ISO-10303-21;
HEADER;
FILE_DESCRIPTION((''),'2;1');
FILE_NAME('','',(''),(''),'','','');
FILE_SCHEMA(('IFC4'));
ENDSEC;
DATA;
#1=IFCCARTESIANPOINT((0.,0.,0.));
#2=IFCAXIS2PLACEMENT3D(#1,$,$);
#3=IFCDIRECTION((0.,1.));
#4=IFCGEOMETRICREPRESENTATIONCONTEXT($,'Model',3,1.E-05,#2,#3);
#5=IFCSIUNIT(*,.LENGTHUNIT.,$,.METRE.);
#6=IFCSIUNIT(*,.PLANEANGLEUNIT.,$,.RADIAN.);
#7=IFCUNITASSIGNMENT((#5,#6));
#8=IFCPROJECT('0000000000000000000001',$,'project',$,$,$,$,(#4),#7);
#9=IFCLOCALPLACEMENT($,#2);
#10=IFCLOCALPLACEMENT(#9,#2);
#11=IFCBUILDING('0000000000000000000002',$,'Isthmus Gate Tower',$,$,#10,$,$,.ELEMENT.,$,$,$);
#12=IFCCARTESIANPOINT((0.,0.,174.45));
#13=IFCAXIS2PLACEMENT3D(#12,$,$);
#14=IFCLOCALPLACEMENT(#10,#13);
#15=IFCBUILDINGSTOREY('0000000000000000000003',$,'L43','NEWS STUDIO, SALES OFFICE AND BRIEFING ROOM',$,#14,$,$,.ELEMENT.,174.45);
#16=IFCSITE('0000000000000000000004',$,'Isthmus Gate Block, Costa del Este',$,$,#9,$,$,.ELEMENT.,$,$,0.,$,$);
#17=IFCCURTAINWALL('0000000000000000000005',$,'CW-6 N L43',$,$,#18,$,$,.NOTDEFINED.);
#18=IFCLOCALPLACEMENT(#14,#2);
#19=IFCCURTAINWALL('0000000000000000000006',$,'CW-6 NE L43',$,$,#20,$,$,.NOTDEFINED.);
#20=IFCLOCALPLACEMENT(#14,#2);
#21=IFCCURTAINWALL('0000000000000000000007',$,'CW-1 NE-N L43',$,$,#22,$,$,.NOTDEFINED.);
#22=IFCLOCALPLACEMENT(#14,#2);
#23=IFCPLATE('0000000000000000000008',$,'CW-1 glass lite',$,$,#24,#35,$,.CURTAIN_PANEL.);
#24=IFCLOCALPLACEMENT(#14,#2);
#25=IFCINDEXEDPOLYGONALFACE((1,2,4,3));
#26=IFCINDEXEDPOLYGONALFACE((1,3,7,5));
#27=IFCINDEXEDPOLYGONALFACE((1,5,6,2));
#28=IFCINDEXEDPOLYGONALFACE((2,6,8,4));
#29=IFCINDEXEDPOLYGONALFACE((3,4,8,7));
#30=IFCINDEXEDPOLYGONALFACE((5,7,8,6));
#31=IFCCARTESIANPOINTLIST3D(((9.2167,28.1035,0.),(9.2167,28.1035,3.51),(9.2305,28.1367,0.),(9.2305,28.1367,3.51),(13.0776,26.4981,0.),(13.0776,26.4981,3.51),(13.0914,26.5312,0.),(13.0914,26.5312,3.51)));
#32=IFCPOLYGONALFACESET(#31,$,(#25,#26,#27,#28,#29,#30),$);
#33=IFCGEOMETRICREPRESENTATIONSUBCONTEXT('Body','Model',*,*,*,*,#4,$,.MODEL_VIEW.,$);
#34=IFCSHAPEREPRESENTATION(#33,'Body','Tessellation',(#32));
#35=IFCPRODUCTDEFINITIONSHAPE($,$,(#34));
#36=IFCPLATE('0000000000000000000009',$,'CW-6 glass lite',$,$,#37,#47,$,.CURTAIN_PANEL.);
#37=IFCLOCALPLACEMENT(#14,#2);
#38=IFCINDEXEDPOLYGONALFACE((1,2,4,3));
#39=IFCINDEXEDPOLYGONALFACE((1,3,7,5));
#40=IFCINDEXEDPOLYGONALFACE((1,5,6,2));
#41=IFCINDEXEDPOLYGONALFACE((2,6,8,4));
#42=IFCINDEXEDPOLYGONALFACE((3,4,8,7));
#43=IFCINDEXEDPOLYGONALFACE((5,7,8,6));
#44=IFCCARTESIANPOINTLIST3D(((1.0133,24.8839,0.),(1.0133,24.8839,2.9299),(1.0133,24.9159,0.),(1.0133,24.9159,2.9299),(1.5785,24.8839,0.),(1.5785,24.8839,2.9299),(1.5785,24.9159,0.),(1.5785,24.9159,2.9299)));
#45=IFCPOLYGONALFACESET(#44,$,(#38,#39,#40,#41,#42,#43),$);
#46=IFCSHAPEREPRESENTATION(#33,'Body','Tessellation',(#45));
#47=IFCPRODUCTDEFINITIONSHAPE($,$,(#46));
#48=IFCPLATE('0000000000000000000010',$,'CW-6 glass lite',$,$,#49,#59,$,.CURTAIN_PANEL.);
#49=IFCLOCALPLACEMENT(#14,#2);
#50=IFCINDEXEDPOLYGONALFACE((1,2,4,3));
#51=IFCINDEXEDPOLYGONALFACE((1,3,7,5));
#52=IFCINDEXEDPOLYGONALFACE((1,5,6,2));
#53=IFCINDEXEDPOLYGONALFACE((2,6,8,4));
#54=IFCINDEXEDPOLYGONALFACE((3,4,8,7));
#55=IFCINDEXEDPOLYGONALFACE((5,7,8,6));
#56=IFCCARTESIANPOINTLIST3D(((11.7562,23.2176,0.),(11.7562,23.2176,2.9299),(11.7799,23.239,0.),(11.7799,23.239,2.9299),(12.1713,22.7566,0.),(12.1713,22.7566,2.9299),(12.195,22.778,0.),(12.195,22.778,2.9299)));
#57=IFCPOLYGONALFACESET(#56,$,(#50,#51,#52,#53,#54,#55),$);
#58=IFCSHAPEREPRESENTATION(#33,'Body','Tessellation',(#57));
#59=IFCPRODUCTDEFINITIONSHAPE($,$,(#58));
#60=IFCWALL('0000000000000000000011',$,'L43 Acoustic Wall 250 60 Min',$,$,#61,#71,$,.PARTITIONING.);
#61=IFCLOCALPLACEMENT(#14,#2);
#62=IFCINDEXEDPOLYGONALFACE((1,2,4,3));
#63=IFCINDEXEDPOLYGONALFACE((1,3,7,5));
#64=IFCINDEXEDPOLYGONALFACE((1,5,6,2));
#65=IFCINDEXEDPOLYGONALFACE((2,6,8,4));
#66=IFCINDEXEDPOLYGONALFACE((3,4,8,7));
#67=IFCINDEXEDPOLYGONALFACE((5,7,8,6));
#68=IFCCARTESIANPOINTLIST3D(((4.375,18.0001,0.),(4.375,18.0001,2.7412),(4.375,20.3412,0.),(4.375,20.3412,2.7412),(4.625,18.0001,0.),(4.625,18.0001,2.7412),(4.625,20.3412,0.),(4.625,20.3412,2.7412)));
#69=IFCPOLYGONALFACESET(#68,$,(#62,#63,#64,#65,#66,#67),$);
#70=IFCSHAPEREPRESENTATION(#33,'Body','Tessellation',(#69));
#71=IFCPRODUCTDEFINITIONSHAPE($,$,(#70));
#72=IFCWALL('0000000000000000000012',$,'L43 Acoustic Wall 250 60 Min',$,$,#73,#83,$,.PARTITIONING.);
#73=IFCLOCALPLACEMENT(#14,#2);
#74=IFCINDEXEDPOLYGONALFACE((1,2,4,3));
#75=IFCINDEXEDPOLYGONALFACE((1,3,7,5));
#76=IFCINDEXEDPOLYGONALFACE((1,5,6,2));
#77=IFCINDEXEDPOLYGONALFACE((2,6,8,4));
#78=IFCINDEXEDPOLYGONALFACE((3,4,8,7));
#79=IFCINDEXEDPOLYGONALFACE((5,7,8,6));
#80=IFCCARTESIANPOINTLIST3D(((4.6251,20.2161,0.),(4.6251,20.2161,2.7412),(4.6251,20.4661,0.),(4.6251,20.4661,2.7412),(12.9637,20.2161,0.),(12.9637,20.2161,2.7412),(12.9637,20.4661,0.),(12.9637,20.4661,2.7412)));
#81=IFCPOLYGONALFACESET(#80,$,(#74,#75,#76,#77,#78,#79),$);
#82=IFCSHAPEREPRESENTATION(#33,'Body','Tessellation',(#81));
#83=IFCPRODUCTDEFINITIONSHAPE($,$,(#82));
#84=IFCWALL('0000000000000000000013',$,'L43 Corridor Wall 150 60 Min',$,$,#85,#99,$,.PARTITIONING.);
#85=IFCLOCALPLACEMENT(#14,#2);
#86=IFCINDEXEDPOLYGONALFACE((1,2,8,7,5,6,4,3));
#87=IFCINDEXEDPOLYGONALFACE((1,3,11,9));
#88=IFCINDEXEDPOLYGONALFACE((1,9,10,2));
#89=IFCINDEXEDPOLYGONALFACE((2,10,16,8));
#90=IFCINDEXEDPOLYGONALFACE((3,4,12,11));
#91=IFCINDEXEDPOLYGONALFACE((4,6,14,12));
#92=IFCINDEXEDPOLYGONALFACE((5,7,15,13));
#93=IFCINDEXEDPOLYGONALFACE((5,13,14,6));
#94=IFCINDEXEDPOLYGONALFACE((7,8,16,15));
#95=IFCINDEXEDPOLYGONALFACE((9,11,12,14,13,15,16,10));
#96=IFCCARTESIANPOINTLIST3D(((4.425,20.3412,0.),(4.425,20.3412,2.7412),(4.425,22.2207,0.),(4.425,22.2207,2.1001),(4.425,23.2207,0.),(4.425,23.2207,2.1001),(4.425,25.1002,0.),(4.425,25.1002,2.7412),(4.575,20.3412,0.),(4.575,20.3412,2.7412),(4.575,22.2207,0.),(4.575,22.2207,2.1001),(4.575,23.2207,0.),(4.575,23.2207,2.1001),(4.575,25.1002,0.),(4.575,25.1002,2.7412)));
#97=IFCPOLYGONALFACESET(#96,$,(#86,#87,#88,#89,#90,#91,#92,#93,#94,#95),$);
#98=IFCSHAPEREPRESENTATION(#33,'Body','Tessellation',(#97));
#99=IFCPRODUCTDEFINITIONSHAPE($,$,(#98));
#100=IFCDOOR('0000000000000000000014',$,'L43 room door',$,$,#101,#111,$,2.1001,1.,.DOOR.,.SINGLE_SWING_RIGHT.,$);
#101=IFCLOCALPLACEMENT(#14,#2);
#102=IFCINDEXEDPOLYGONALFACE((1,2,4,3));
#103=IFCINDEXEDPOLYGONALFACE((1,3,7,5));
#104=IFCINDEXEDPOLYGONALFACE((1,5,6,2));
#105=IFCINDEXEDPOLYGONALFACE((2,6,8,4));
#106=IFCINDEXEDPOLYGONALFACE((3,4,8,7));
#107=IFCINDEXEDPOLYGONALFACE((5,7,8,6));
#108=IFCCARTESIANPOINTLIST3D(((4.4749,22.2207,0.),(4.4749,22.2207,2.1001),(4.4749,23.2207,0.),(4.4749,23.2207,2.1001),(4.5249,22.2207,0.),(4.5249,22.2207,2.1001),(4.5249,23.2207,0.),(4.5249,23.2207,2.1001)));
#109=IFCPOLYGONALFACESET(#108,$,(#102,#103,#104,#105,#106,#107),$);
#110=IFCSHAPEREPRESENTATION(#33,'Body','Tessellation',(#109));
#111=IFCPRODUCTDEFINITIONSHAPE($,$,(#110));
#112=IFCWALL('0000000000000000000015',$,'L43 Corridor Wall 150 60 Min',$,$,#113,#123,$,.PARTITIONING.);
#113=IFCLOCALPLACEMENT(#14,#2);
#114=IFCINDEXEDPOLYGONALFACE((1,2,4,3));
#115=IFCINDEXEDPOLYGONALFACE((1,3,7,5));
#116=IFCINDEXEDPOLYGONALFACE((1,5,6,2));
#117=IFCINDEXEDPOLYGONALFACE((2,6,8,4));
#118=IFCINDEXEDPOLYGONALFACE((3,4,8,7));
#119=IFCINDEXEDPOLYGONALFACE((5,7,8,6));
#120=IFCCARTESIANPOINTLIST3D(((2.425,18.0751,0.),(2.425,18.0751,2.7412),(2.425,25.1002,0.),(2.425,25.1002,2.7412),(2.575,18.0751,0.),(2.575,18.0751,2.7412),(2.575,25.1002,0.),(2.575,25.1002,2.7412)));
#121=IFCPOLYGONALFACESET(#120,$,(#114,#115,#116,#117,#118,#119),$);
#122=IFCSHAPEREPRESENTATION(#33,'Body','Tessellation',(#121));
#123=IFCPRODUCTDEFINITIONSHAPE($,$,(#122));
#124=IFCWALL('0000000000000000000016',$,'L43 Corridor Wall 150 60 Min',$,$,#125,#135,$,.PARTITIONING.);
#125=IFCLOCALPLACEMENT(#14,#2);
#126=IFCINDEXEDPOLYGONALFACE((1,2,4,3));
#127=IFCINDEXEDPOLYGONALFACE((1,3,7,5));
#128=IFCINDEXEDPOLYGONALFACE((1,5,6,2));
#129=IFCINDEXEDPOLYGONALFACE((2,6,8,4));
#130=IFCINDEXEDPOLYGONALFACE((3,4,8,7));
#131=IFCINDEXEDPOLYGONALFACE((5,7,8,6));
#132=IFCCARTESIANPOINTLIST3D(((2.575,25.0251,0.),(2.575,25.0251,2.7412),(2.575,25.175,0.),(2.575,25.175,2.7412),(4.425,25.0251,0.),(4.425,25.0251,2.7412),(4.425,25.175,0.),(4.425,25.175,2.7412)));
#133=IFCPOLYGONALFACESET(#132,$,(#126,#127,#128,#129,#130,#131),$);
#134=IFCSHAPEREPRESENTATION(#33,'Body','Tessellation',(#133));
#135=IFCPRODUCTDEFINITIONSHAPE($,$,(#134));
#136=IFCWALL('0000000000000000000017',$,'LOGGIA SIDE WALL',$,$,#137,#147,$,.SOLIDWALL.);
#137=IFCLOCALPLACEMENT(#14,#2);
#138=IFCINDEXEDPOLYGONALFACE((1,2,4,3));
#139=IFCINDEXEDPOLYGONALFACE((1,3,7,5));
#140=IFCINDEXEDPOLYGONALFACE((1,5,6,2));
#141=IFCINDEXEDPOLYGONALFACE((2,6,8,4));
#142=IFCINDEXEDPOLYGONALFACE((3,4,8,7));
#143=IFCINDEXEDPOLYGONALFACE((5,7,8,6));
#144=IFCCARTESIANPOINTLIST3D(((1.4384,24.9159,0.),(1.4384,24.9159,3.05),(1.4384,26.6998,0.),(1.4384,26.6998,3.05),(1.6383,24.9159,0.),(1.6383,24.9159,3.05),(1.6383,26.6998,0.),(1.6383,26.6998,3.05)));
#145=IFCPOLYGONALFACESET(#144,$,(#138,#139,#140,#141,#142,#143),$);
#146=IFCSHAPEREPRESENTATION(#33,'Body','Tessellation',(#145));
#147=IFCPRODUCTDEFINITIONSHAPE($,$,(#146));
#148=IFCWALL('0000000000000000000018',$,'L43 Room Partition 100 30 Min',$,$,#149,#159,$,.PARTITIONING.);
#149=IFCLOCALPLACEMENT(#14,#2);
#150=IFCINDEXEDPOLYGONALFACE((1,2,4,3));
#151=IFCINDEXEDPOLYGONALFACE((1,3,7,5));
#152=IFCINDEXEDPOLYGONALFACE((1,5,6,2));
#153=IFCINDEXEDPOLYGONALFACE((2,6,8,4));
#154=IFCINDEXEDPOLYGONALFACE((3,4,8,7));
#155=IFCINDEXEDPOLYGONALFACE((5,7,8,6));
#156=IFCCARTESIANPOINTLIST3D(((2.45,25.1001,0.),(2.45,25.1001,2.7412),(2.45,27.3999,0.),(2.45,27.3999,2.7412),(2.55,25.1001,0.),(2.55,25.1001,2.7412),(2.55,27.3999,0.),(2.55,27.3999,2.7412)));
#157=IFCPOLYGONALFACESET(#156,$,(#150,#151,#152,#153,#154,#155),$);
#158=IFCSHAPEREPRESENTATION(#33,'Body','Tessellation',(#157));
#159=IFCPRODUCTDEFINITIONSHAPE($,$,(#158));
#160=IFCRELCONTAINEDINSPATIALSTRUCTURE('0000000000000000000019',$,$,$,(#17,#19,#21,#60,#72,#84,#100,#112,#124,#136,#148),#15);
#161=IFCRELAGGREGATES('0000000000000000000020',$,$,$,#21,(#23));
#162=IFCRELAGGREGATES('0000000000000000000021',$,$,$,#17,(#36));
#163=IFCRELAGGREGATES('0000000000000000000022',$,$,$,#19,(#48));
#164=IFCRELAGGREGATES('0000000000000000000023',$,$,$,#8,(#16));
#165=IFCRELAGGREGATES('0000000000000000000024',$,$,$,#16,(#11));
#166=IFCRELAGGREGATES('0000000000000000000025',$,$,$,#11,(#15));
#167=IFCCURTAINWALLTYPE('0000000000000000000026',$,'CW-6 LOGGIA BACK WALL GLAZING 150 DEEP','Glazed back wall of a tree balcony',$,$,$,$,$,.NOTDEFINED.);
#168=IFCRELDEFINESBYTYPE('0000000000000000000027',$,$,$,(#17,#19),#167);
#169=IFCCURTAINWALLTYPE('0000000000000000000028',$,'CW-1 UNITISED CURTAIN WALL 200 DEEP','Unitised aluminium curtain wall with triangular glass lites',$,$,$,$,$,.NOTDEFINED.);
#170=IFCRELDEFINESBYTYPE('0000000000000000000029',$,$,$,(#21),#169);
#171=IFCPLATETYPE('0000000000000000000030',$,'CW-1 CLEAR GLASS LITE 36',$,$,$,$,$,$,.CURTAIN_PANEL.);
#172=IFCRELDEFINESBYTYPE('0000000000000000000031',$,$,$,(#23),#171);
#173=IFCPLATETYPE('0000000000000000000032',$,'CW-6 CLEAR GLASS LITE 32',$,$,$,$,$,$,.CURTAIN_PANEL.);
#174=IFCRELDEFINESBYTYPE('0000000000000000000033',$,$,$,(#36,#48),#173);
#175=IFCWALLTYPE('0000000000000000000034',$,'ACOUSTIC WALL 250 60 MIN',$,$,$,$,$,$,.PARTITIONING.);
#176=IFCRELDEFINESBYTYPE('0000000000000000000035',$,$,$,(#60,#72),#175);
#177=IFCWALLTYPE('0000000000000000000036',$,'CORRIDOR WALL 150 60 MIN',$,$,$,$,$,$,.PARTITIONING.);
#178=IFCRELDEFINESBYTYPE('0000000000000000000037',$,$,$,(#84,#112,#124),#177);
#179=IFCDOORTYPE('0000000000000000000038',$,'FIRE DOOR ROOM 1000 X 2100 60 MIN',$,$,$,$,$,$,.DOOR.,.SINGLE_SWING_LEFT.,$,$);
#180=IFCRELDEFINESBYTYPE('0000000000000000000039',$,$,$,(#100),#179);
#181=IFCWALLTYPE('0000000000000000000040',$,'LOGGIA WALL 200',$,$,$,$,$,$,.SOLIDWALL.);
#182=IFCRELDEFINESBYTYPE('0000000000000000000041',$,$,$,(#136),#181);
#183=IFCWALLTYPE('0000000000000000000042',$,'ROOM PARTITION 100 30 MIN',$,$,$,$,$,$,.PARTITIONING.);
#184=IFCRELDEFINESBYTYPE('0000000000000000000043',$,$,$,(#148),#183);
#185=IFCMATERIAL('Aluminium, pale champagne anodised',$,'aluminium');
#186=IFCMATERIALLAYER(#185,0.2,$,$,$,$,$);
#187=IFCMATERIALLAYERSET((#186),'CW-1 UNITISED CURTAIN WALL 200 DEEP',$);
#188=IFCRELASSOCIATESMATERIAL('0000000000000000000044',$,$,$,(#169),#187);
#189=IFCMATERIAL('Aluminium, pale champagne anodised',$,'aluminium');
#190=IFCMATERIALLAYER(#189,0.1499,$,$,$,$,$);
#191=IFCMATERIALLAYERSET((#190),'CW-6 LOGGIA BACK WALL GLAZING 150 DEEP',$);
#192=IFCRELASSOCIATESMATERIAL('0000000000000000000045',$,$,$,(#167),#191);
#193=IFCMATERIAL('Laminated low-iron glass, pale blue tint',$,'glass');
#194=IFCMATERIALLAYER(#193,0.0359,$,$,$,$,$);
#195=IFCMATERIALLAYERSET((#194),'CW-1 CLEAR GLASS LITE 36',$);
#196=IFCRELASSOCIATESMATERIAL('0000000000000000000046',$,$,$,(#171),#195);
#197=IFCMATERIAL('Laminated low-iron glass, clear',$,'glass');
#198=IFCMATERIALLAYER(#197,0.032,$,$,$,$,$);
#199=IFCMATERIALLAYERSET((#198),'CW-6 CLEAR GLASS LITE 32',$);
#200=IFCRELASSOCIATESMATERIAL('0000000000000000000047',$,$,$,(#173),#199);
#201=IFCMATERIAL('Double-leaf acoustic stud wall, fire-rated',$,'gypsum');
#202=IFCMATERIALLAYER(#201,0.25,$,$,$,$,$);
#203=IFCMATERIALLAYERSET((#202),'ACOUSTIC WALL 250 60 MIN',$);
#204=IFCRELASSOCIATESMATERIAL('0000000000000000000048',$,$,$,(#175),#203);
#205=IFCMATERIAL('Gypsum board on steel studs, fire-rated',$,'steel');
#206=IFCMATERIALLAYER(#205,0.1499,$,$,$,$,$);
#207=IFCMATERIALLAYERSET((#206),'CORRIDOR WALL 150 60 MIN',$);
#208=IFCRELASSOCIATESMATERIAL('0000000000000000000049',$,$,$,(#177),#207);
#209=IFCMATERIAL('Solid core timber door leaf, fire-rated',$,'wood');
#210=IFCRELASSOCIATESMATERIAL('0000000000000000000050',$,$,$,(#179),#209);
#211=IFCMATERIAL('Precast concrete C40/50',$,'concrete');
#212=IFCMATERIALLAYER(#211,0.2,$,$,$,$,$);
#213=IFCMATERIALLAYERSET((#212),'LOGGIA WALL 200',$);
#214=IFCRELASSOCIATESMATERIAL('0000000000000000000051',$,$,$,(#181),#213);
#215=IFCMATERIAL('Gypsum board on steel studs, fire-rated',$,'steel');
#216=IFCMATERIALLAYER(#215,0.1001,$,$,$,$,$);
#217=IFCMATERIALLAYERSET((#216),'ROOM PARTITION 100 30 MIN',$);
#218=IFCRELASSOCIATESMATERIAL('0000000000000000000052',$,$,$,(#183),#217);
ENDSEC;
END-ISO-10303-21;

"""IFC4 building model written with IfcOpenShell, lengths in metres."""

from ifc_helpers import new_model, si_unit, direction, frame, frame_2d, origin, origin_2d, place, context, subcontext, project, spatial, rectangle, extrude, material, layer, layer_set, type_object, element, fill, aggregate, save


model = new_model("IFC4")

# Units and contexts
model_context = context("Model", 3, precision=1e-05, world=origin(), true_north=direction((0.0, 1.0)))
body_context = subcontext(model_context, "Body", "Model", "MODEL_VIEW")
ifc_project = project(units=[si_unit("LENGTHUNIT", "METRE"), si_unit("PLANEANGLEUNIT", "RADIAN")], contexts=[model_context])

# Site, building, storey
site_placement = place(None, origin())
site = spatial("IfcSite", under=ifc_project, at=site_placement, Name="Isthmus Gate Block, Costa del Este", CompositionType="ELEMENT", RefElevation=0.0)
building_placement = place(site_placement, origin())
building = spatial("IfcBuilding", under=site, at=building_placement, Name="Isthmus Gate Tower", CompositionType="ELEMENT")
storey_placement = place(building_placement, frame((0.0, 0.0, 174.45)))
storey = spatial("IfcBuildingStorey", under=building, at=storey_placement, Name="L43", Description="NEWS STUDIO, SALES OFFICE AND BRIEFING ROOM", CompositionType="ELEMENT", Elevation=174.45)

# Curtain wall
ifc_material_1 = material(Name="Aluminium, pale champagne anodised", Category="aluminium")
ifc_layer_1 = layer(ifc_material_1, 0.2)
ifc_layer_set_1 = layer_set([ifc_layer_1], Name="CW-1 UNITISED CURTAIN WALL 200 DEEP")
curtain_wall_type_1 = type_object("IfcCurtainWallType", Name="CW-1 UNITISED CURTAIN WALL 200 DEEP", Description="Unitised aluminium curtain wall with triangular glass lites", PredefinedType="NOTDEFINED", material=ifc_layer_set_1)
ifc_material_2 = material(Name="Aluminium, pale champagne anodised", Category="aluminium")
ifc_layer_2 = layer(ifc_material_2, 0.1499)
ifc_layer_set_2 = layer_set([ifc_layer_2], Name="CW-6 LOGGIA BACK WALL GLAZING 150 DEEP")
curtain_wall_type_2 = type_object("IfcCurtainWallType", Name="CW-6 LOGGIA BACK WALL GLAZING 150 DEEP", Description="Glazed back wall of a tree balcony", PredefinedType="NOTDEFINED", material=ifc_layer_set_2)
curtain_wall_1_placement = place(storey_placement, origin())
curtain_wall_1 = element("IfcCurtainWall", 1, at=curtain_wall_1_placement, inside=storey, type_object=curtain_wall_type_2, Name="CW-6 N L43", PredefinedType="NOTDEFINED")

# Curtain wall
curtain_wall_2_placement = place(storey_placement, origin())
curtain_wall_2 = element("IfcCurtainWall", 2, at=curtain_wall_2_placement, inside=storey, type_object=curtain_wall_type_2, Name="CW-6 NE L43", PredefinedType="NOTDEFINED")

# Shared definitions
ifc_material_3 = material(Name="Laminated low-iron glass, pale blue tint", Category="glass")
ifc_layer_3 = layer(ifc_material_3, 0.0359)
ifc_layer_set_3 = layer_set([ifc_layer_3], Name="CW-1 CLEAR GLASS LITE 36")
plate_type_1 = type_object("IfcPlateType", Name="CW-1 CLEAR GLASS LITE 36", PredefinedType="CURTAIN_PANEL", material=ifc_layer_set_3)

# Curtain wall, plate
curtain_wall_3_placement = place(storey_placement, origin())
curtain_wall_3 = element("IfcCurtainWall", 3, at=curtain_wall_3_placement, inside=storey, type_object=curtain_wall_type_1, Name="CW-1 NE-N L43", PredefinedType="NOTDEFINED")
plate_1_placement = place(storey_placement, frame((11.1541, 27.3174, 0.0), z_axis=(0.0, 0.0, 1.0), x_axis=(-0.923353, 0.383952, 0.0)))
plate_1 = element("IfcPlate", 4, at=plate_1_placement, type_object=plate_type_1, Name="CW-1 glass lite", PredefinedType="CURTAIN_PANEL", context=body_context, shape_type="SweptSolid", body=[
    extrude(rectangle(XDim=4.1814, YDim=0.0359, at=origin_2d()), origin(), (0.0, 0.0, 1.0), 3.51),
])
aggregate(curtain_wall_3, [plate_1])

# Plates
ifc_material_4 = material(Name="Laminated low-iron glass, clear", Category="glass")
ifc_layer_4 = layer(ifc_material_4, 0.032)
ifc_layer_set_4 = layer_set([ifc_layer_4], Name="CW-6 CLEAR GLASS LITE 32")
plate_type_2 = type_object("IfcPlateType", Name="CW-6 CLEAR GLASS LITE 32", PredefinedType="CURTAIN_PANEL", material=ifc_layer_set_4)
plate_2_placement = place(storey_placement, frame((1.2959, 24.8999, 0.0), z_axis=(0.0, 0.0, 1.0), x_axis=(-1.0, 0.0, 0.0)))
plate_2 = element("IfcPlate", 5, at=plate_2_placement, type_object=plate_type_2, Name="CW-6 glass lite", PredefinedType="CURTAIN_PANEL", context=body_context, shape_type="SweptSolid", body=[
    extrude(rectangle(XDim=0.5652, YDim=0.032, at=origin_2d()), origin(), (0.0, 0.0, 1.0), 2.9299),
])
aggregate(curtain_wall_1, [plate_2])
plate_3_placement = place(storey_placement, frame((11.9756, 22.9978, 0.0), z_axis=(0.0, 0.0, 1.0), x_axis=(-0.669131, 0.743145, 0.0)))
plate_3 = element("IfcPlate", 6, at=plate_3_placement, type_object=plate_type_2, Name="CW-6 glass lite", PredefinedType="CURTAIN_PANEL", context=body_context, shape_type="SweptSolid", body=[
    extrude(rectangle(XDim=0.6204, YDim=0.032, at=origin_2d()), origin(), (0.0, 0.0, 1.0), 2.9299),
])
aggregate(curtain_wall_2, [plate_3])

# Walls
ifc_material_5 = material(Name="Double-leaf acoustic stud wall, fire-rated", Category="gypsum")
ifc_layer_5 = layer(ifc_material_5, 0.25)
ifc_layer_set_5 = layer_set([ifc_layer_5], Name="ACOUSTIC WALL 250 60 MIN")
wall_type_1 = type_object("IfcWallType", Name="ACOUSTIC WALL 250 60 MIN", PredefinedType="PARTITIONING", material=ifc_layer_set_5)
wall_1_placement = place(storey_placement, frame((4.5, 20.3411, 0.0), z_axis=(0.0, 0.0, 1.0), x_axis=(0.0, -1.0, 0.0)))
element("IfcWall", 7, at=wall_1_placement, inside=storey, type_object=wall_type_1, Name="L43 Acoustic Wall 250 60 Min", PredefinedType="PARTITIONING", context=body_context, shape_type="SweptSolid", body=[
    extrude(rectangle(XDim=2.3411, YDim=0.25, at=frame_2d((1.1704, 0.0))), origin(), (0.0, 0.0, 1.0), 2.7412),
])
wall_2_placement = place(storey_placement, frame((4.625, 20.3411, 0.0), z_axis=(0.0, 0.0, 1.0), x_axis=(1.0, 0.0, 0.0)))
element("IfcWall", 8, at=wall_2_placement, inside=storey, type_object=wall_type_1, Name="L43 Acoustic Wall 250 60 Min", PredefinedType="PARTITIONING", context=body_context, shape_type="SweptSolid", body=[
    extrude(rectangle(XDim=8.3386, YDim=0.25, at=frame_2d((4.1694, 0.0))), origin(), (0.0, 0.0, 1.0), 2.7412),
])

# Wall, opening, door
ifc_material_6 = material(Name="Gypsum board on steel studs, fire-rated", Category="steel")
ifc_layer_6 = layer(ifc_material_6, 0.1499)
ifc_layer_set_6 = layer_set([ifc_layer_6], Name="CORRIDOR WALL 150 60 MIN")
wall_type_2 = type_object("IfcWallType", Name="CORRIDOR WALL 150 60 MIN", PredefinedType="PARTITIONING", material=ifc_layer_set_6)
wall_3_placement = place(storey_placement, frame((4.5, 25.1001, 0.0), z_axis=(0.0, 0.0, 1.0), x_axis=(0.0, -1.0, 0.0)))
wall_3 = element("IfcWall", 9, at=wall_3_placement, inside=storey, type_object=wall_type_2, Name="L43 Corridor Wall 150 60 Min", PredefinedType="PARTITIONING", context=body_context, shape_type="SweptSolid", body=[
    extrude(rectangle(XDim=4.759, YDim=0.1499, at=frame_2d((2.3794, 0.0))), origin(), (0.0, 0.0, 1.0), 2.7412),
])
opening_1_placement = place(wall_3_placement, frame((1.8794, 0.0, 0.0)))
opening_1 = element("IfcOpeningElement", 10, at=opening_1_placement, cuts=wall_3, PredefinedType="OPENING", context=body_context, shape_type="SweptSolid", body=[
    extrude(rectangle(XDim=1.0, YDim=2.1001, at=frame_2d((0.5, 1.05))), frame((0.0, 0.085, 0.0), z_axis=(0.0, -1.0, 0.0), x_axis=(1.0, 0.0, 0.0)), (0.0, 0.0, 1.0), 0.1699),
])
ifc_material_7 = material(Name="Solid core timber door leaf, fire-rated", Category="wood")
door_type_1 = type_object("IfcDoorType", Name="FIRE DOOR ROOM 1000 X 2100 60 MIN", OperationType="SINGLE_SWING_LEFT", PredefinedType="DOOR", material=ifc_material_7)
door_1_placement = place(opening_1_placement, origin())
door_1 = element("IfcDoor", 11, at=door_1_placement, inside=storey, type_object=door_type_1, Name="L43 room door", OperationType="SINGLE_SWING_RIGHT", OverallHeight=2.1001, OverallWidth=1.0, PredefinedType="DOOR", context=body_context, shape_type="SweptSolid", body=[
    extrude(rectangle(XDim=1.0, YDim=2.1001, at=frame_2d((0.5, 1.05))), frame((0.0, 0.0249, 0.0), z_axis=(0.0, -1.0, 0.0), x_axis=(1.0, 0.0, 0.0)), (0.0, 0.0, 1.0), 0.05),
])
fill(opening_1, door_1)

# Walls
wall_4_placement = place(storey_placement, frame((2.5, 18.075, 0.0), z_axis=(0.0, 0.0, 1.0), x_axis=(0.0, 1.0, 0.0)))
element("IfcWall", 12, at=wall_4_placement, inside=storey, type_object=wall_type_2, Name="L43 Corridor Wall 150 60 Min", PredefinedType="PARTITIONING", context=body_context, shape_type="SweptSolid", body=[
    extrude(rectangle(XDim=7.0251, YDim=0.1499, at=frame_2d((3.5127, 0.0))), origin(), (0.0, 0.0, 1.0), 2.7412),
])
wall_5_placement = place(storey_placement, frame((2.575, 25.1001, 0.0), z_axis=(0.0, 0.0, 1.0), x_axis=(1.0, 0.0, 0.0)))
element("IfcWall", 13, at=wall_5_placement, inside=storey, type_object=wall_type_2, Name="L43 Corridor Wall 150 60 Min", PredefinedType="PARTITIONING", context=body_context, shape_type="SweptSolid", body=[
    extrude(rectangle(XDim=1.8501, YDim=0.1499, at=frame_2d((0.925, 0.0))), origin(), (0.0, 0.0, 1.0), 2.7412),
])

# Shared definitions
ifc_material_8 = material(Name="Precast concrete C40/50", Category="concrete")
ifc_layer_7 = layer(ifc_material_8, 0.2)
ifc_layer_set_7 = layer_set([ifc_layer_7], Name="LOGGIA WALL 200")
wall_type_3 = type_object("IfcWallType", Name="LOGGIA WALL 200", PredefinedType="SOLIDWALL", material=ifc_layer_set_7)

# Walls
wall_6_placement = place(storey_placement, frame((1.5383, 26.7, 0.0), z_axis=(0.0, 0.0, 1.0), x_axis=(0.0, -1.0, 0.0)))
element("IfcWall", 14, at=wall_6_placement, inside=storey, type_object=wall_type_3, Name="LOGGIA SIDE WALL", PredefinedType="SOLIDWALL", context=body_context, shape_type="SweptSolid", body=[
    extrude(rectangle(XDim=1.7839, YDim=0.2, at=frame_2d((0.8921, 0.0))), origin(), (0.0, 0.0, 1.0), 3.05),
])
ifc_material_9 = material(Name="Gypsum board on steel studs, fire-rated", Category="steel")
ifc_layer_8 = layer(ifc_material_9, 0.1001)
ifc_layer_set_8 = layer_set([ifc_layer_8], Name="ROOM PARTITION 100 30 MIN")
wall_type_4 = type_object("IfcWallType", Name="ROOM PARTITION 100 30 MIN", PredefinedType="PARTITIONING", material=ifc_layer_set_8)
wall_7_placement = place(storey_placement, frame((2.5, 25.1001, 0.0), z_axis=(0.0, 0.0, 1.0), x_axis=(0.0, 1.0, 0.0)))
element("IfcWall", 15, at=wall_7_placement, inside=storey, type_object=wall_type_4, Name="L43 Room Partition 100 30 Min", PredefinedType="PARTITIONING", context=body_context, shape_type="SweptSolid", body=[
    extrude(rectangle(XDim=2.2998, YDim=0.1001, at=frame_2d((1.1499, 0.0))), origin(), (0.0, 0.0, 1.0), 2.7412),
])

save(model, "model.ifc")
